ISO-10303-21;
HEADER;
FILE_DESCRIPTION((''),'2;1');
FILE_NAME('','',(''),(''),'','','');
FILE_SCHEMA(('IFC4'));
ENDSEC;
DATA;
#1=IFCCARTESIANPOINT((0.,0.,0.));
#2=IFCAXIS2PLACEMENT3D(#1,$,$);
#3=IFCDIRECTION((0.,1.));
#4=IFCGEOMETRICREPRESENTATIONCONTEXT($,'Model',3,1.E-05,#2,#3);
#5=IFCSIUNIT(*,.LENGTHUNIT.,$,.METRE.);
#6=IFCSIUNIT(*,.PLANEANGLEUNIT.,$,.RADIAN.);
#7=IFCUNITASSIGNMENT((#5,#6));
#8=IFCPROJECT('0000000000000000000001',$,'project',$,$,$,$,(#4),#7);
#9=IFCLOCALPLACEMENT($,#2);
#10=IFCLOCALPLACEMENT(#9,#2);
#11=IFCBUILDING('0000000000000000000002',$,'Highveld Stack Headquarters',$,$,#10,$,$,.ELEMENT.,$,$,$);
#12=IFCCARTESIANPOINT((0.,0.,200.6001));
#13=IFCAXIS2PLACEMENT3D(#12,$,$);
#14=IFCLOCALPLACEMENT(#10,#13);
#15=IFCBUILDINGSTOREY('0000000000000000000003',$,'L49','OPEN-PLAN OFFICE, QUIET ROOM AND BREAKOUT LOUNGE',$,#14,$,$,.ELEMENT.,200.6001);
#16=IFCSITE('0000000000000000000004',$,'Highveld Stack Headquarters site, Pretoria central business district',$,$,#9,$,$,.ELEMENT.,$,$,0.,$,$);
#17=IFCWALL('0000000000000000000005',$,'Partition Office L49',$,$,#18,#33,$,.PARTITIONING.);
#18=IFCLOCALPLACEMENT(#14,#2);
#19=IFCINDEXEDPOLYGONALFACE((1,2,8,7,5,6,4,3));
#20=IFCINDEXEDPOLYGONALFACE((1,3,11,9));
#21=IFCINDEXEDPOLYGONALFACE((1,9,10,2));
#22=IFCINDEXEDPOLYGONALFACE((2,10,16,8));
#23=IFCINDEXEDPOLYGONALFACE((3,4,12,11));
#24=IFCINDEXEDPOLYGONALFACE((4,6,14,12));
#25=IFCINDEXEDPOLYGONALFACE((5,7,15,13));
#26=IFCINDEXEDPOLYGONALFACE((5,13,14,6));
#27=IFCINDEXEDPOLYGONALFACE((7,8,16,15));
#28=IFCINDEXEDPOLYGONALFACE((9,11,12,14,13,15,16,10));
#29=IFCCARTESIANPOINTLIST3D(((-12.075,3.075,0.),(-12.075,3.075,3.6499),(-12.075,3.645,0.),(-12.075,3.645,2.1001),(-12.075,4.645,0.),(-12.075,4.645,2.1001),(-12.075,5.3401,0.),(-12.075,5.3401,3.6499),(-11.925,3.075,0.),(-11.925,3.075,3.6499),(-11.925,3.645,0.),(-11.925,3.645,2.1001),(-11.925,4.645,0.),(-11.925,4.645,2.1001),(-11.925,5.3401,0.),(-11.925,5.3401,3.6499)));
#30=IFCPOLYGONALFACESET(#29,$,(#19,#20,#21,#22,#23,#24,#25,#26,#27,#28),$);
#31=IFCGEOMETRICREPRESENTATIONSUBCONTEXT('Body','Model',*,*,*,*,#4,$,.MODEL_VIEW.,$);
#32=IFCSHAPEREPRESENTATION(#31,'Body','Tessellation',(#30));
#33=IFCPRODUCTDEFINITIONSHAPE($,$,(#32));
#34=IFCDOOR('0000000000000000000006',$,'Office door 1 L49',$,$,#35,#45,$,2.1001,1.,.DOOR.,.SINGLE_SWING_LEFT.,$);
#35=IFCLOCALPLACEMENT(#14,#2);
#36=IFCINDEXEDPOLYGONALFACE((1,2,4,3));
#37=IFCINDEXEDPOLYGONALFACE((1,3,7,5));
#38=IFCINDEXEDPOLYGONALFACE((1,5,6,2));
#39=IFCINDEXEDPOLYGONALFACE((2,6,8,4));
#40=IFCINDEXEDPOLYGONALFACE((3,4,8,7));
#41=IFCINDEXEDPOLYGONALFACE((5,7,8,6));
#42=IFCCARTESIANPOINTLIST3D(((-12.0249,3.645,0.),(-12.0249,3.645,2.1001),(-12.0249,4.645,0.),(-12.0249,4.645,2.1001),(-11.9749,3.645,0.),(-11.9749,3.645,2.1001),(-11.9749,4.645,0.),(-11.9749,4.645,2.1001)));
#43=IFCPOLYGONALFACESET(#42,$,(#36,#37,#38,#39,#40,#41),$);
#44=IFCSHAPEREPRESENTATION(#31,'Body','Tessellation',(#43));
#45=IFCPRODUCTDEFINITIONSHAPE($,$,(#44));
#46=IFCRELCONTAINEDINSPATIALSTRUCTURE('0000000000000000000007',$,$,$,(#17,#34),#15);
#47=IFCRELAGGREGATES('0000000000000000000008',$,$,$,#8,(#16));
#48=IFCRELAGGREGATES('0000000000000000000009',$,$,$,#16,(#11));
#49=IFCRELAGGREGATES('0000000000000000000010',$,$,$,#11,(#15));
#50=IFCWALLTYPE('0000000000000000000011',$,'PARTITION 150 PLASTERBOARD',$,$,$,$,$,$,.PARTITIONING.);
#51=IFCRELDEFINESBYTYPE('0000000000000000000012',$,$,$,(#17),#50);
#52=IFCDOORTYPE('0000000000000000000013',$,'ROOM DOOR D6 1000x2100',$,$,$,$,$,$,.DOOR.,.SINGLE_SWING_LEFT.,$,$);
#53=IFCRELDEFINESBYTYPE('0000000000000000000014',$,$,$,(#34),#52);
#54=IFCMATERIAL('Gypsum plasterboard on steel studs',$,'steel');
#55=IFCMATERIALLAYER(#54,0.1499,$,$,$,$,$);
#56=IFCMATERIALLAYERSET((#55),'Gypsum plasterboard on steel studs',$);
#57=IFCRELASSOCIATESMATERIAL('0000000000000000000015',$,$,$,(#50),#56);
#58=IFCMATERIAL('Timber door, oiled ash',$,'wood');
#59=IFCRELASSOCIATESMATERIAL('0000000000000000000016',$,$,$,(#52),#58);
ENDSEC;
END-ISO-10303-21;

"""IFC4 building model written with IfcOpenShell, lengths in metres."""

from ifc_helpers import new_model, si_unit, direction, frame, frame_2d, origin, place, context, subcontext, project, spatial, rectangle, extrude, material, layer, layer_set, type_object, element, fill, save


model = new_model("IFC4")

# Units and contexts
model_context = context("Model", 3, precision=1e-05, world=origin(), true_north=direction((0.0, 1.0)))
body_context = subcontext(model_context, "Body", "Model", "MODEL_VIEW")
ifc_project = project(units=[si_unit("LENGTHUNIT", "METRE"), si_unit("PLANEANGLEUNIT", "RADIAN")], contexts=[model_context])

# Site, building, storey
site_placement = place(None, origin())
site = spatial("IfcSite", under=ifc_project, at=site_placement, Name="Highveld Stack Headquarters site, Pretoria central business district", CompositionType="ELEMENT", RefElevation=0.0)
building_placement = place(site_placement, origin())
building = spatial("IfcBuilding", under=site, at=building_placement, Name="Highveld Stack Headquarters", CompositionType="ELEMENT")
storey_placement = place(building_placement, frame((0.0, 0.0, 200.6001)))
storey = spatial("IfcBuildingStorey", under=building, at=storey_placement, Name="L49", Description="OPEN-PLAN OFFICE, QUIET ROOM AND BREAKOUT LOUNGE", CompositionType="ELEMENT", Elevation=200.6001)

# Shared definitions
ifc_material_1 = material(Name="Gypsum plasterboard on steel studs", Category="steel")
ifc_layer = layer(ifc_material_1, 0.1499)
ifc_layer_set = layer_set([ifc_layer], Name="Gypsum plasterboard on steel studs")
wall_type = type_object("IfcWallType", Name="PARTITION 150 PLASTERBOARD", PredefinedType="PARTITIONING", material=ifc_layer_set)

# Wall, opening, door
ifc_material_2 = material(Name="Timber door, oiled ash", Category="wood")
door_type = type_object("IfcDoorType", Name="ROOM DOOR D6 1000x2100", OperationType="SINGLE_SWING_LEFT", PredefinedType="DOOR", material=ifc_material_2)
wall_1_placement = place(storey_placement, frame((-12.0, 3.075, 0.0), z_axis=(0.0, 0.0, 1.0), x_axis=(0.0, 1.0, 0.0)))
wall_1 = element("IfcWall", 1, at=wall_1_placement, inside=storey, type_object=wall_type, Name="Partition Office L49", PredefinedType="PARTITIONING", context=body_context, shape_type="SweptSolid", body=[
    extrude(rectangle(XDim=2.2651, YDim=0.1499, at=frame_2d((1.1326, 0.0))), origin(), (0.0, 0.0, 1.0), 3.6499),
])
opening_1_placement = place(wall_1_placement, frame((0.5701, 0.0, 0.0)))
opening_1 = element("IfcOpeningElement", 2, at=opening_1_placement, cuts=wall_1, PredefinedType="OPENING", context=body_context, shape_type="SweptSolid", body=[
    extrude(rectangle(XDim=1.0, YDim=2.1001, at=frame_2d((0.5, 1.05))), frame((0.0, 0.085, 0.0), z_axis=(0.0, -1.0, 0.0), x_axis=(1.0, 0.0, 0.0)), (0.0, 0.0, 1.0), 0.1699),
])
door_1_placement = place(opening_1_placement, origin())
door_1 = element("IfcDoor", 3, at=door_1_placement, inside=storey, type_object=door_type, Name="Office door 1 L49", OperationType="SINGLE_SWING_LEFT", OverallHeight=2.1001, OverallWidth=1.0, PredefinedType="DOOR", context=body_context, shape_type="SweptSolid", body=[
    extrude(rectangle(XDim=1.0, YDim=2.1001, at=frame_2d((0.5, 1.05))), frame((0.0, 0.0249, 0.0), z_axis=(0.0, -1.0, 0.0), x_axis=(1.0, 0.0, 0.0)), (0.0, 0.0, 1.0), 0.05),
])
fill(opening_1, door_1)

save(model, "model.ifc")
